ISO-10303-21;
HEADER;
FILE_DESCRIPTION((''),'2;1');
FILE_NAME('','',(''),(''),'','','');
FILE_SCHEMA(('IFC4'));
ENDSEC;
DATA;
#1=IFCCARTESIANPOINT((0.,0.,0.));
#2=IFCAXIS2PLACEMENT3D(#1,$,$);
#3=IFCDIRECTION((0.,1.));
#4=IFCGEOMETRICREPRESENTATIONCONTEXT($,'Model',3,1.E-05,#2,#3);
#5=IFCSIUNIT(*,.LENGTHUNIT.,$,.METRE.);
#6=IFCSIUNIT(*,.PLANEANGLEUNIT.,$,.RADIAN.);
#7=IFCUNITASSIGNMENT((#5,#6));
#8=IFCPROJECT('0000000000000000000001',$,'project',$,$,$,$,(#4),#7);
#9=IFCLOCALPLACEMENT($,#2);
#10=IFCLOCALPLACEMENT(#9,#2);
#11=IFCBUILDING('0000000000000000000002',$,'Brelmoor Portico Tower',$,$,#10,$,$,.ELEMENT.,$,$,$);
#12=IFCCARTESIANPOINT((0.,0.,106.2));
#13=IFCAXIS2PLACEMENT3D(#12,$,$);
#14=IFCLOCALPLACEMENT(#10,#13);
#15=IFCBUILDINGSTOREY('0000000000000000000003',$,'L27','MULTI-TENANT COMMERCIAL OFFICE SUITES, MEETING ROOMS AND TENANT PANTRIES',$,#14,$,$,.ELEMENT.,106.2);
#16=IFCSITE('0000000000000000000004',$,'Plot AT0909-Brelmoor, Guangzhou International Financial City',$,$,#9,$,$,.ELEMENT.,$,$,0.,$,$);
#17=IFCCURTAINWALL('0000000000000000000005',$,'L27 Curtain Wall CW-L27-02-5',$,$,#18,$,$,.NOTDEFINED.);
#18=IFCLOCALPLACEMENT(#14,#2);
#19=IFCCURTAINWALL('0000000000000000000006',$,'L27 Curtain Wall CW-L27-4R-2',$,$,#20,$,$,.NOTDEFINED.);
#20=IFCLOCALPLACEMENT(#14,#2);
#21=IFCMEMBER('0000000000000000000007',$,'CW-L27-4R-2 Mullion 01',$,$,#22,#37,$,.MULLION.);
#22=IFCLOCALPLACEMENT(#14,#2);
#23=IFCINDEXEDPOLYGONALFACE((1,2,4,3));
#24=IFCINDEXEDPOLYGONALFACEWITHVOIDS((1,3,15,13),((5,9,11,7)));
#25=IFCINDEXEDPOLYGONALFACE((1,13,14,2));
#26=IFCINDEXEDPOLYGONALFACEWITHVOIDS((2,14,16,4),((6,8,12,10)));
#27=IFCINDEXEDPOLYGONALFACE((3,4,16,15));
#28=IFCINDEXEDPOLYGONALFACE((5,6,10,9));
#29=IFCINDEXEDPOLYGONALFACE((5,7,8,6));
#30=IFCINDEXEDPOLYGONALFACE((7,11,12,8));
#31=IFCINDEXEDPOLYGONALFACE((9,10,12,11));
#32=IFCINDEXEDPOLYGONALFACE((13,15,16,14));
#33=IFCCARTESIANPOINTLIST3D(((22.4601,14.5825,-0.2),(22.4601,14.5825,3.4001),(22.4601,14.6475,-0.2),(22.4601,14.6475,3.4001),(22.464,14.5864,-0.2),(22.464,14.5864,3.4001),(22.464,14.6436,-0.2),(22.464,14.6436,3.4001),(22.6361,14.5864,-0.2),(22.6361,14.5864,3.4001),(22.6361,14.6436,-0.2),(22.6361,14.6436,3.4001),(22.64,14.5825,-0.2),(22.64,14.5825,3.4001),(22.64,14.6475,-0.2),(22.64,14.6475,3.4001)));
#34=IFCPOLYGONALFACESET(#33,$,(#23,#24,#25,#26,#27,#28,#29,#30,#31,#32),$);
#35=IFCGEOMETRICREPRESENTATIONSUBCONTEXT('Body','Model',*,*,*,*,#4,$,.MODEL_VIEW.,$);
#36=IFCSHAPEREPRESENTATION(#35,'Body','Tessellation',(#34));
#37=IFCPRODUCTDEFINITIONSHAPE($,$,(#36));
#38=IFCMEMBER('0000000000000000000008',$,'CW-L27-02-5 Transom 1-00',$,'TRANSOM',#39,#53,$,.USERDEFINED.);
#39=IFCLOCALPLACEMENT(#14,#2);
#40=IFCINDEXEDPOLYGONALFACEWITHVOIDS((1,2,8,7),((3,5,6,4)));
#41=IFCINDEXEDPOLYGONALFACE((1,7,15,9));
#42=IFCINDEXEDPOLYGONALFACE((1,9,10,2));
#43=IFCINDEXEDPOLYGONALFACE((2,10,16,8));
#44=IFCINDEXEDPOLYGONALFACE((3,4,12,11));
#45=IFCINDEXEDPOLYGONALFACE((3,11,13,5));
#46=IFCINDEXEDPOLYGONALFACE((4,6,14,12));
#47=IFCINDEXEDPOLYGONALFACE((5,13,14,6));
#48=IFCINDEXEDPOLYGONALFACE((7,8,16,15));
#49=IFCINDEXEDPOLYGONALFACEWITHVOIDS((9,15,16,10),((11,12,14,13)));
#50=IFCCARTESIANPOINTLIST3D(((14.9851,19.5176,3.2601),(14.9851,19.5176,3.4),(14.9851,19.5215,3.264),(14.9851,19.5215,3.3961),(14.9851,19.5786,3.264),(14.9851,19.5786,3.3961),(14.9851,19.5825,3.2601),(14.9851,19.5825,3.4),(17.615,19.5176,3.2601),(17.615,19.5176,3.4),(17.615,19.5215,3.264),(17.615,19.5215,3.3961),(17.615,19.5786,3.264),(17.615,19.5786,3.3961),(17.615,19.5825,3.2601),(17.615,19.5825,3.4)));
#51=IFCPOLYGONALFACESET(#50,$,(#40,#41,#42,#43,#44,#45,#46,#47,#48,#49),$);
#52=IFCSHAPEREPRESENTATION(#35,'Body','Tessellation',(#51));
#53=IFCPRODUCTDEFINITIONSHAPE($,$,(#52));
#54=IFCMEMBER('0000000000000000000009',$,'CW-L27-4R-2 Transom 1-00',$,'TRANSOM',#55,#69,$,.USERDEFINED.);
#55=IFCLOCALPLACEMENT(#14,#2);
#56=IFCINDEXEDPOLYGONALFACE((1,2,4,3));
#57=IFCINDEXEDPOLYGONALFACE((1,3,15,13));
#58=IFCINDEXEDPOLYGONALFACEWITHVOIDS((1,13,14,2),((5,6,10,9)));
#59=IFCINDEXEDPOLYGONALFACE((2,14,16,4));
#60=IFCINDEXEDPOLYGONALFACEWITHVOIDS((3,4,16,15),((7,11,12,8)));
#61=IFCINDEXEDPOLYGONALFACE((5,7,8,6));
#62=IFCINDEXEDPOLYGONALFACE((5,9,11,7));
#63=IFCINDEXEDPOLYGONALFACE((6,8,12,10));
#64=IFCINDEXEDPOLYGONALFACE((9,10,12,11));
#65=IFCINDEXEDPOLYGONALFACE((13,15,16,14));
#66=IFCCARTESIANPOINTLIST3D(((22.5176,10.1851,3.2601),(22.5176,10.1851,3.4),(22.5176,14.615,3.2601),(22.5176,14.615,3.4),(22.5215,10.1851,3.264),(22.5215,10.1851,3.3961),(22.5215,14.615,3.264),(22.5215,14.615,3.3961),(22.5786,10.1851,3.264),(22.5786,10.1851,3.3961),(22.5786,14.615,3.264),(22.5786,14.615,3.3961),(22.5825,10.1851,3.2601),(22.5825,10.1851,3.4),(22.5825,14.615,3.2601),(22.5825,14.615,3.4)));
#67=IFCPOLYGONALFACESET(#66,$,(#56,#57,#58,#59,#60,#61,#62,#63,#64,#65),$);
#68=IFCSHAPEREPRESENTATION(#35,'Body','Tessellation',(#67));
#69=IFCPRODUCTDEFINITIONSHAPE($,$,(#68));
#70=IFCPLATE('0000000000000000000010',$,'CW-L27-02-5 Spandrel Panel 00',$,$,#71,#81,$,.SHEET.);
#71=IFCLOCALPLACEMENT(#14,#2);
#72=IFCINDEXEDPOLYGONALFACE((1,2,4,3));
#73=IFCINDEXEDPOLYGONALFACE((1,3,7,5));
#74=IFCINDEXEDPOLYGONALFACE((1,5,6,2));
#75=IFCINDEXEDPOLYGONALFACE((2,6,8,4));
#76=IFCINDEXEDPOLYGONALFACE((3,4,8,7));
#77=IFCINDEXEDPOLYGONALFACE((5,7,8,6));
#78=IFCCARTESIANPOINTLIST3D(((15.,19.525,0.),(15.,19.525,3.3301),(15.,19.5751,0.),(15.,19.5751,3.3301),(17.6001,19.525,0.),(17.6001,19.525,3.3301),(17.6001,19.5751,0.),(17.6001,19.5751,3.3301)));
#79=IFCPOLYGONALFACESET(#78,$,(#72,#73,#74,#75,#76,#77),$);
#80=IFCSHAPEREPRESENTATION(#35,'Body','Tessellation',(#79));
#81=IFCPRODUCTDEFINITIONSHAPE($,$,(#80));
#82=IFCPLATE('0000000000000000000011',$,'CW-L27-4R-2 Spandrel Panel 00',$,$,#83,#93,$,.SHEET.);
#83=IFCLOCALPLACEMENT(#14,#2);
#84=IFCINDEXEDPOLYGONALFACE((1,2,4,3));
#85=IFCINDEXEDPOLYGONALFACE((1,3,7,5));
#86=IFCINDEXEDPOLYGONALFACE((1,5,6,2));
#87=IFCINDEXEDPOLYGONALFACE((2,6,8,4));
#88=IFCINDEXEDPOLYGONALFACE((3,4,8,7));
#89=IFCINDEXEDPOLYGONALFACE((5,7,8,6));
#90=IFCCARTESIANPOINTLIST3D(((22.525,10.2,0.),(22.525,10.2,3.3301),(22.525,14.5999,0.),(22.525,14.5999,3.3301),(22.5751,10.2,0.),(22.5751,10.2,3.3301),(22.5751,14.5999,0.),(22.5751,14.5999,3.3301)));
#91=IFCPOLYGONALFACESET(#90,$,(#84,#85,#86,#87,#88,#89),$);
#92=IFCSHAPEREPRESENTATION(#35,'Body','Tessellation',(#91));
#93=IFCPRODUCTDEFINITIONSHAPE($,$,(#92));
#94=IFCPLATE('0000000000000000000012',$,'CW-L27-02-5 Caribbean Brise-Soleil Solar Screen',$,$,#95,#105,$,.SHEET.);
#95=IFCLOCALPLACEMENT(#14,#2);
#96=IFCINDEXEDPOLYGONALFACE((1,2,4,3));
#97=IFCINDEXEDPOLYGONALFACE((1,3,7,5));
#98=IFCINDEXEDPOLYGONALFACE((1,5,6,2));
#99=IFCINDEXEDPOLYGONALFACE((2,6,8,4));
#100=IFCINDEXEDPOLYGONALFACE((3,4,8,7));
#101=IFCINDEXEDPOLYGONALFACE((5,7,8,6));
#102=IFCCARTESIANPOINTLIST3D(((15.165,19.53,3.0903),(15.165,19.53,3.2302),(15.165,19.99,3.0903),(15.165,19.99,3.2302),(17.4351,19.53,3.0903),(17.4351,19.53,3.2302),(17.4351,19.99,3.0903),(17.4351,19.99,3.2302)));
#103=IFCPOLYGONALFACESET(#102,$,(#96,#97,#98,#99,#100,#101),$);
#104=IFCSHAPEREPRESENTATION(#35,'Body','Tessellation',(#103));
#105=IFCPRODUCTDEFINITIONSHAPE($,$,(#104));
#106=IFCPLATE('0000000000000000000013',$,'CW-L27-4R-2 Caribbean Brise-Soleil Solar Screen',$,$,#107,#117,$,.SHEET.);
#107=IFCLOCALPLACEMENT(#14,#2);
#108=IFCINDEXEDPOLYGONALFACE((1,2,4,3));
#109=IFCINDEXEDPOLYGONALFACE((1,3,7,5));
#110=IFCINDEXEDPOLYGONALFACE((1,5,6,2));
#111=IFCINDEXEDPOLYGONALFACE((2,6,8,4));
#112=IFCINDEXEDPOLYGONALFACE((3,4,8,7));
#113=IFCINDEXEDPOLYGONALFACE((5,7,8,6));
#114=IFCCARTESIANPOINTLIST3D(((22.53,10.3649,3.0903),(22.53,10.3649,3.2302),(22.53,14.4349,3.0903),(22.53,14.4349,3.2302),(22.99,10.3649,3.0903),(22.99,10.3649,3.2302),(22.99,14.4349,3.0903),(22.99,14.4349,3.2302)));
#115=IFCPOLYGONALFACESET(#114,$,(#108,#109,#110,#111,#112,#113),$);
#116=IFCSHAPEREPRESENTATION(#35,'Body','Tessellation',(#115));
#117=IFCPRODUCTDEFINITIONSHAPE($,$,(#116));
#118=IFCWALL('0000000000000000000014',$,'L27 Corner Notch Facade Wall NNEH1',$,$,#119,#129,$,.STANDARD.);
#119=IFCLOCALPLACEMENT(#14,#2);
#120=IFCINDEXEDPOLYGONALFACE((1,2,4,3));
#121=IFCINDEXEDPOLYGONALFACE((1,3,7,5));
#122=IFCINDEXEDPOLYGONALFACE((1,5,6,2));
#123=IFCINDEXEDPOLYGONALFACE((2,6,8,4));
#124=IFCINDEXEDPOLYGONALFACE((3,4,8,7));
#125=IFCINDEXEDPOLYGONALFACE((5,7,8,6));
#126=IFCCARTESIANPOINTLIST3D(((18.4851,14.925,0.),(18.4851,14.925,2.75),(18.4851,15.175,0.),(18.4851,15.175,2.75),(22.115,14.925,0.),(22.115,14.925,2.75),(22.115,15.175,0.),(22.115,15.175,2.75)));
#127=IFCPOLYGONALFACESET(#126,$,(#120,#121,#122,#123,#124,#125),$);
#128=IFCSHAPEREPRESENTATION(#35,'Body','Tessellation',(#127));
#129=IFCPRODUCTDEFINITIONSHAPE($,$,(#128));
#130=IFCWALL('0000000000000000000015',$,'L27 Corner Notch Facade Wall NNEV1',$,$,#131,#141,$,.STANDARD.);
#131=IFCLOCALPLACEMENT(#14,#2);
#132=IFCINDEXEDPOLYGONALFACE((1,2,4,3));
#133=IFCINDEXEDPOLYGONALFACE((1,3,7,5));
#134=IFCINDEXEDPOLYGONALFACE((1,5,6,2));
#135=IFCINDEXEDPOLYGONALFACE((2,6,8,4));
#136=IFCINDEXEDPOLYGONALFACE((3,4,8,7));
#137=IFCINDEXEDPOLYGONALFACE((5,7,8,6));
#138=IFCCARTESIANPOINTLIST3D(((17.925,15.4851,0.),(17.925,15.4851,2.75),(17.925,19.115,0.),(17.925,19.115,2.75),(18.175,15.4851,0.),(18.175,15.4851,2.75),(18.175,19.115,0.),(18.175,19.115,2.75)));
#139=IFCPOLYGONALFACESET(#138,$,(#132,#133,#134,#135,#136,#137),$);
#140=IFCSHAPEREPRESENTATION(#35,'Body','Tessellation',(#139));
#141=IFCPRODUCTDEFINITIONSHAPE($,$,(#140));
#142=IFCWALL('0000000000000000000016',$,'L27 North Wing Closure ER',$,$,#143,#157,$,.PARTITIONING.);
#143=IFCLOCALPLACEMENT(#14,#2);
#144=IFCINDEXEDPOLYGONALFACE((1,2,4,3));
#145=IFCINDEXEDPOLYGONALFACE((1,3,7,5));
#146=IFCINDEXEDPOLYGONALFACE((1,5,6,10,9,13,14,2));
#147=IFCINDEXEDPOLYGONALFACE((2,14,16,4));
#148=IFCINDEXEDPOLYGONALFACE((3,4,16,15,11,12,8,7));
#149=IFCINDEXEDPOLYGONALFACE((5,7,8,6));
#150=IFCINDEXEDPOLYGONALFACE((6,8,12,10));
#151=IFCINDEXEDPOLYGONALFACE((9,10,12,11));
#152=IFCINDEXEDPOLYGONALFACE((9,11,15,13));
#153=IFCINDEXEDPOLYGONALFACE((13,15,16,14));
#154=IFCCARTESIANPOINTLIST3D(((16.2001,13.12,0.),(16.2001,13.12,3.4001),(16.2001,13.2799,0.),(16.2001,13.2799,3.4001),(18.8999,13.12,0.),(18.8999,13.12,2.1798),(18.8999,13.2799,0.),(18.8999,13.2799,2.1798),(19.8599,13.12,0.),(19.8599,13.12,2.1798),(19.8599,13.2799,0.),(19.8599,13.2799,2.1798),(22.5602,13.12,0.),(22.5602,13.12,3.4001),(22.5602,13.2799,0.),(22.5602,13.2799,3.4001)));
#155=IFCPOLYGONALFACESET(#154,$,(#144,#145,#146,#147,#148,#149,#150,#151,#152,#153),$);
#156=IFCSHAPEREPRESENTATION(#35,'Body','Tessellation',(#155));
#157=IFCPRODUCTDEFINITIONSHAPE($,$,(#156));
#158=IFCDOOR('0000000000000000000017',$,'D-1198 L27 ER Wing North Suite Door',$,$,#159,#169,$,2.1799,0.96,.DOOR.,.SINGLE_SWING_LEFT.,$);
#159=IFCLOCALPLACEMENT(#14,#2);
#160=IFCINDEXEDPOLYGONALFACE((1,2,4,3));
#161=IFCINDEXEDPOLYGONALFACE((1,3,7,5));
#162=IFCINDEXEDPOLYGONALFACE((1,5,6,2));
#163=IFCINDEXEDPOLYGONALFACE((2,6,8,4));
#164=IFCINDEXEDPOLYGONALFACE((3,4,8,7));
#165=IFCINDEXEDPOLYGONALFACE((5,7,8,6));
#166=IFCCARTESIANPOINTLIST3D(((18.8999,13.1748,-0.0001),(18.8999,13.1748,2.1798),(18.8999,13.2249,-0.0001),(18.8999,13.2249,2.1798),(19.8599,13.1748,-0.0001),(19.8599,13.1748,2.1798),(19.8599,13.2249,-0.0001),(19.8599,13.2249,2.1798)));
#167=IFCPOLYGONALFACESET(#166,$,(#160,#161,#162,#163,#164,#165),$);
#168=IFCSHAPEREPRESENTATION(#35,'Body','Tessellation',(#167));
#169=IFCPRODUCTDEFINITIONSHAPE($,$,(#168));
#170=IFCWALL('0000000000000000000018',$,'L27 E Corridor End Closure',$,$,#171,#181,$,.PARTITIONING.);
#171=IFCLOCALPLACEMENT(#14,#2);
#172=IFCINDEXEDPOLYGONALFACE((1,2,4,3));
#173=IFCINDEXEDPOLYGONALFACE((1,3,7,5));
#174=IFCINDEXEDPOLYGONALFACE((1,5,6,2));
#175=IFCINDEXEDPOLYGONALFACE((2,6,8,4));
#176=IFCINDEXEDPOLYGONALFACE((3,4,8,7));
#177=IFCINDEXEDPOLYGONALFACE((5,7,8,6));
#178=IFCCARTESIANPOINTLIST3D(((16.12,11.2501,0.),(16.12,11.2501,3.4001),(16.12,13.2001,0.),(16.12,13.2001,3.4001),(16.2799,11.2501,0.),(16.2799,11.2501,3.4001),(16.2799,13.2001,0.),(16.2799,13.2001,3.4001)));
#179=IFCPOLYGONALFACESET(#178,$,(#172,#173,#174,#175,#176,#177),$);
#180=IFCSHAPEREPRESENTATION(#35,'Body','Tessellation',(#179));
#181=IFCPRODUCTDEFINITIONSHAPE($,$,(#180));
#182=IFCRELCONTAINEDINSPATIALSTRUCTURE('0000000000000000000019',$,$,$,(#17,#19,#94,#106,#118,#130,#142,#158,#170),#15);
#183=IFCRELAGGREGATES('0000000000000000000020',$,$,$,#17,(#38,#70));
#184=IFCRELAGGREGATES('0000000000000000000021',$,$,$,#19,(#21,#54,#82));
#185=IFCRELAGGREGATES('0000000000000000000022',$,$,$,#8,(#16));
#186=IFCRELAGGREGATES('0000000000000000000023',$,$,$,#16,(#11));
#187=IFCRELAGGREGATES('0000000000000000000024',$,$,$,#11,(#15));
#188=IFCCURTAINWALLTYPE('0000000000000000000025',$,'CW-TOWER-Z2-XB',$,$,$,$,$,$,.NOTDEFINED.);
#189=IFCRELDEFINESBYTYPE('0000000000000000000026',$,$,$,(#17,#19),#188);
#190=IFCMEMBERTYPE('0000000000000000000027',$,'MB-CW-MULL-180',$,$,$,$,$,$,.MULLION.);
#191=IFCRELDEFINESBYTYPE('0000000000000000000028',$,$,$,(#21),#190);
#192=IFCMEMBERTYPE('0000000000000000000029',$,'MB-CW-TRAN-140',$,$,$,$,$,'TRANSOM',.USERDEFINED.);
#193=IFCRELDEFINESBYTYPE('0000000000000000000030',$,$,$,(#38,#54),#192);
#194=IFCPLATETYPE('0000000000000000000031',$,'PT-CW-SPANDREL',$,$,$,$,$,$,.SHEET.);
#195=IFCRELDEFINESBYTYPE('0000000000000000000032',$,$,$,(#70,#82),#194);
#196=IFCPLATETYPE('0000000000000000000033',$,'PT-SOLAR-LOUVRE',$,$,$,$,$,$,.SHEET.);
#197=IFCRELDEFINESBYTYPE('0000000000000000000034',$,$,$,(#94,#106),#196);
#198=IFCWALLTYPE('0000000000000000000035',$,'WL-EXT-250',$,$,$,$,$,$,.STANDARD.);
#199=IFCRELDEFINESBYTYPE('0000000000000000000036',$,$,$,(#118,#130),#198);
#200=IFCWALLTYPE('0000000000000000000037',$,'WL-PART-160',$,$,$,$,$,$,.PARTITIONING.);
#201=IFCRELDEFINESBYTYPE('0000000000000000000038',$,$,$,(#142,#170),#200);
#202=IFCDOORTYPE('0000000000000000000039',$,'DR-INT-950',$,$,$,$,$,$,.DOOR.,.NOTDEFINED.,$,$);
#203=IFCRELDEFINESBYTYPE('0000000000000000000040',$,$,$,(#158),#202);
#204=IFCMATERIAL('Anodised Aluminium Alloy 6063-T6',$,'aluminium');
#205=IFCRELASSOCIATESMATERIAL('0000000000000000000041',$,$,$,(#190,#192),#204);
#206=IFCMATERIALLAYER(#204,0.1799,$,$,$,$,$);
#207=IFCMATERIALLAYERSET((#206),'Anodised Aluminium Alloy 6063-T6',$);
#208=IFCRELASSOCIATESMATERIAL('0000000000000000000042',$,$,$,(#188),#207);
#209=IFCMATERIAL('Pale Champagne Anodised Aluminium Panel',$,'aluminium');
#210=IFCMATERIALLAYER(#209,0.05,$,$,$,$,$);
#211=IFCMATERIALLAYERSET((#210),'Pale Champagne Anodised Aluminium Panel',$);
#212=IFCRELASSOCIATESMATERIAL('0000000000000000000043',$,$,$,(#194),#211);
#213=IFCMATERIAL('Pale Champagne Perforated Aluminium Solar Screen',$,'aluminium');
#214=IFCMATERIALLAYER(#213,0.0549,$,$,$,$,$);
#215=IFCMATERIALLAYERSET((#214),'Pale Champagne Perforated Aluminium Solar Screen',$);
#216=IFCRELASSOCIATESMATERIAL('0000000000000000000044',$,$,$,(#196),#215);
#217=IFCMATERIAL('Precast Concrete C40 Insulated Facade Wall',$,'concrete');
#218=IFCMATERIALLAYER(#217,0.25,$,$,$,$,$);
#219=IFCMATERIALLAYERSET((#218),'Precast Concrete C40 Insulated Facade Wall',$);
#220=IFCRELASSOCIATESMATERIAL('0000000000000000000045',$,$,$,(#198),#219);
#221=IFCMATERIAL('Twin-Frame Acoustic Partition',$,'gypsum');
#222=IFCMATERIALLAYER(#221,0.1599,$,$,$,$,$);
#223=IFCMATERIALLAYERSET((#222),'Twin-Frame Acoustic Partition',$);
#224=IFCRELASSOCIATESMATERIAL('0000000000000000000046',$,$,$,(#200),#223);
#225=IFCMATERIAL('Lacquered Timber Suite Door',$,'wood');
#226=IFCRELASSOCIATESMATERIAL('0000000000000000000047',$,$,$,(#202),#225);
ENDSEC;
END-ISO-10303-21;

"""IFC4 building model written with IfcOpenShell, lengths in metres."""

from ifc_helpers import new_model, si_unit, direction, frame, frame_2d, origin, origin_2d, place, context, subcontext, project, spatial, rectangle, hollow_rectangle, extrude, material, layer, layer_set, material_profile, profile_set, type_object, element, fill, aggregate, save


model = new_model("IFC4")

# Units and contexts
model_context = context("Model", 3, precision=1e-05, world=origin(), true_north=direction((0.0, 1.0)))
body_context = subcontext(model_context, "Body", "Model", "MODEL_VIEW")
ifc_project = project(units=[si_unit("LENGTHUNIT", "METRE"), si_unit("PLANEANGLEUNIT", "RADIAN")], contexts=[model_context])

# Site, building, storey
site_placement = place(None, origin())
site = spatial("IfcSite", under=ifc_project, at=site_placement, Name="Plot AT0909-Brelmoor, Guangzhou International Financial City", CompositionType="ELEMENT", RefElevation=0.0)
building_placement = place(site_placement, origin())
building = spatial("IfcBuilding", under=site, at=building_placement, Name="Brelmoor Portico Tower", CompositionType="ELEMENT")
storey_placement = place(building_placement, frame((0.0, 0.0, 106.2)))
storey = spatial("IfcBuildingStorey", under=building, at=storey_placement, Name="L27", Description="MULTI-TENANT COMMERCIAL OFFICE SUITES, MEETING ROOMS AND TENANT PANTRIES", CompositionType="ELEMENT", Elevation=106.2)

# Shared definitions
ifc_material_1 = material(Name="Anodised Aluminium Alloy 6063-T6", Category="aluminium")
ifc_material_profile_1 = material_profile(ifc_material_1, hollow_rectangle(XDim=0.0649, YDim=0.1799, WallThickness=0.0039, at=origin_2d()), Name="ALU MULLION 65x180")
ifc_profile_set_1 = profile_set([ifc_material_profile_1], Name="Anodised Aluminium Alloy 6063-T6")
member_type_1 = type_object("IfcMemberType", Name="MB-CW-MULL-180", PredefinedType="MULLION", material=ifc_profile_set_1)

# Curtain wall
ifc_layer_1 = layer(ifc_material_1, 0.1799)
ifc_layer_set_1 = layer_set([ifc_layer_1], Name="Anodised Aluminium Alloy 6063-T6")
curtain_wall_type_1 = type_object("IfcCurtainWallType", Name="CW-TOWER-Z2-XB", PredefinedType="NOTDEFINED", material=ifc_layer_set_1)
curtain_wall_1_placement = place(storey_placement, origin())
curtain_wall_1 = element("IfcCurtainWall", 1, at=curtain_wall_1_placement, inside=storey, type_object=curtain_wall_type_1, Name="L27 Curtain Wall CW-L27-02-5", PredefinedType="NOTDEFINED")

# Curtain wall, member
curtain_wall_2_placement = place(storey_placement, origin())
curtain_wall_2 = element("IfcCurtainWall", 2, at=curtain_wall_2_placement, inside=storey, type_object=curtain_wall_type_1, Name="L27 Curtain Wall CW-L27-4R-2", PredefinedType="NOTDEFINED")
member_1_placement = place(storey_placement, frame((22.55, 14.615, -0.2), z_axis=(0.0, 0.0, 1.0), x_axis=(0.0, 1.0, 0.0)))
member_1 = element("IfcMember", 3, at=member_1_placement, type_object=member_type_1, Name="CW-L27-4R-2 Mullion 01", PredefinedType="MULLION", context=body_context, shape_type="SweptSolid", body=[
    extrude(hollow_rectangle(XDim=0.0649, YDim=0.1799, WallThickness=0.0039, at=origin_2d()), origin(), (0.0, 0.0, 1.0), 3.6001),
])

# Members
ifc_material_profile_2 = material_profile(ifc_material_1, hollow_rectangle(XDim=0.0649, YDim=0.1399, WallThickness=0.0039, at=origin_2d()), Name="ALU TRANSOM 65x140")
ifc_profile_set_2 = profile_set([ifc_material_profile_2], Name="Anodised Aluminium Alloy 6063-T6")
member_type_2 = type_object("IfcMemberType", Name="MB-CW-TRAN-140", ElementType="TRANSOM", PredefinedType="USERDEFINED", material=ifc_profile_set_2)
member_2_placement = place(storey_placement, frame((14.9851, 19.55, 3.3301), z_axis=(1.0, 0.0, 0.0), x_axis=(0.0, 1.0, 0.0)))
member_2 = element("IfcMember", 4, at=member_2_placement, type_object=member_type_2, Name="CW-L27-02-5 Transom 1-00", ObjectType="TRANSOM", PredefinedType="USERDEFINED", context=body_context, shape_type="SweptSolid", body=[
    extrude(hollow_rectangle(XDim=0.0649, YDim=0.1399, WallThickness=0.0039, at=origin_2d()), origin(), (0.0, 0.0, 1.0), 2.6299),
])
member_3_placement = place(storey_placement, frame((22.55, 10.1851, 3.3301), z_axis=(0.0, 1.0, 0.0), x_axis=(-1.0, 0.0, 0.0)))
member_3 = element("IfcMember", 5, at=member_3_placement, type_object=member_type_2, Name="CW-L27-4R-2 Transom 1-00", ObjectType="TRANSOM", PredefinedType="USERDEFINED", context=body_context, shape_type="SweptSolid", body=[
    extrude(hollow_rectangle(XDim=0.0649, YDim=0.1399, WallThickness=0.0039, at=origin_2d()), origin(), (0.0, 0.0, 1.0), 4.4299),
])

# Plates
ifc_material_2 = material(Name="Pale Champagne Anodised Aluminium Panel", Category="aluminium")
ifc_layer_2 = layer(ifc_material_2, 0.05)
ifc_layer_set_2 = layer_set([ifc_layer_2], Name="Pale Champagne Anodised Aluminium Panel")
plate_type_1 = type_object("IfcPlateType", Name="PT-CW-SPANDREL", PredefinedType="SHEET", material=ifc_layer_set_2)
plate_1_placement = place(storey_placement, frame((16.3, 19.55, 0.0), z_axis=(0.0, 0.0, 1.0), x_axis=(1.0, 0.0, 0.0)))
plate_1 = element("IfcPlate", 6, at=plate_1_placement, type_object=plate_type_1, Name="CW-L27-02-5 Spandrel Panel 00", PredefinedType="SHEET", context=body_context, shape_type="SweptSolid", body=[
    extrude(rectangle(XDim=2.6001, YDim=0.05, at=origin_2d()), origin(), (0.0, 0.0, 1.0), 3.3301),
])
aggregate(curtain_wall_1, [member_2, plate_1])
plate_2_placement = place(storey_placement, frame((22.55, 12.3999, 0.0), z_axis=(0.0, 0.0, 1.0), x_axis=(0.0, 1.0, 0.0)))
plate_2 = element("IfcPlate", 7, at=plate_2_placement, type_object=plate_type_1, Name="CW-L27-4R-2 Spandrel Panel 00", PredefinedType="SHEET", context=body_context, shape_type="SweptSolid", body=[
    extrude(rectangle(XDim=4.3999, YDim=0.05, at=origin_2d()), origin(), (0.0, 0.0, 1.0), 3.3301),
])
aggregate(curtain_wall_2, [member_1, member_3, plate_2])

# Plates
ifc_material_3 = material(Name="Pale Champagne Perforated Aluminium Solar Screen", Category="aluminium")
ifc_layer_3 = layer(ifc_material_3, 0.0549)
ifc_layer_set_3 = layer_set([ifc_layer_3], Name="Pale Champagne Perforated Aluminium Solar Screen")
plate_type_2 = type_object("IfcPlateType", Name="PT-SOLAR-LOUVRE", PredefinedType="SHEET", material=ifc_layer_set_3)
plate_3_placement = place(storey_placement, frame((16.3, 19.76, 3.0903), z_axis=(0.0, 0.0, 1.0), x_axis=(1.0, 0.0, 0.0)))
element("IfcPlate", 8, at=plate_3_placement, inside=storey, type_object=plate_type_2, Name="CW-L27-02-5 Caribbean Brise-Soleil Solar Screen", PredefinedType="SHEET", context=body_context, shape_type="SweptSolid", body=[
    extrude(rectangle(XDim=2.27, YDim=0.46, at=origin_2d()), origin(), (0.0, 0.0, 1.0), 0.1399),
])
plate_4_placement = place(storey_placement, frame((22.76, 12.3999, 3.0903), z_axis=(0.0, 0.0, 1.0), x_axis=(0.0, 1.0, 0.0)))
element("IfcPlate", 9, at=plate_4_placement, inside=storey, type_object=plate_type_2, Name="CW-L27-4R-2 Caribbean Brise-Soleil Solar Screen", PredefinedType="SHEET", context=body_context, shape_type="SweptSolid", body=[
    extrude(rectangle(XDim=4.0701, YDim=0.46, at=origin_2d()), origin(), (0.0, 0.0, 1.0), 0.1399),
])

# Walls
ifc_material_4 = material(Name="Precast Concrete C40 Insulated Facade Wall", Category="concrete")
ifc_layer_4 = layer(ifc_material_4, 0.25)
ifc_layer_set_4 = layer_set([ifc_layer_4], Name="Precast Concrete C40 Insulated Facade Wall")
wall_type_1 = type_object("IfcWallType", Name="WL-EXT-250", PredefinedType="STANDARD", material=ifc_layer_set_4)
for number, where, z_axis, x_axis, name in (
    (10, (18.4851, 15.05, 0.0), (0.0, 0.0, 1.0), (1.0, 0.0, 0.0), "L27 Corner Notch Facade Wall NNEH1"),
    (11, (18.05, 15.4851, 0.0), (0.0, 0.0, 1.0), (0.0, 1.0, 0.0), "L27 Corner Notch Facade Wall NNEV1"),
):
    element("IfcWall", number, at=place(storey_placement, frame(where, z_axis=z_axis, x_axis=x_axis)), inside=storey, type_object=wall_type_1, Name=name, PredefinedType="STANDARD", context=body_context, shape_type="SweptSolid", body=[
        extrude(rectangle(XDim=3.6299, YDim=0.25, at=frame_2d((1.8149, 0.0))), origin(), (0.0, 0.0, 1.0), 2.75),
    ])

# Wall, opening, door
ifc_material_5 = material(Name="Twin-Frame Acoustic Partition", Category="gypsum")
ifc_layer_5 = layer(ifc_material_5, 0.1599)
ifc_layer_set_5 = layer_set([ifc_layer_5], Name="Twin-Frame Acoustic Partition")
wall_type_2 = type_object("IfcWallType", Name="WL-PART-160", PredefinedType="PARTITIONING", material=ifc_layer_set_5)
wall_1_placement = place(storey_placement, frame((16.2, 13.2, 0.0), z_axis=(0.0, 0.0, 1.0), x_axis=(1.0, 0.0, 0.0)))
wall_1 = element("IfcWall", 12, at=wall_1_placement, inside=storey, type_object=wall_type_2, Name="L27 North Wing Closure ER", PredefinedType="PARTITIONING", context=body_context, shape_type="SweptSolid", body=[
    extrude(rectangle(XDim=6.3601, YDim=0.1599, at=frame_2d((3.1802, 0.0))), origin(), (0.0, 0.0, 1.0), 3.4001),
])
opening_1_placement = place(wall_1_placement, frame((2.7, 0.0, 0.0)))
opening_1 = element("IfcOpeningElement", 13, at=opening_1_placement, cuts=wall_1, PredefinedType="OPENING", context=body_context, shape_type="SweptSolid", body=[
    extrude(rectangle(XDim=0.96, YDim=2.1799, at=frame_2d((0.48, 1.0898))), frame((0.0, 0.0898, 0.0), z_axis=(0.0, -1.0, 0.0), x_axis=(1.0, 0.0, 0.0)), (0.0, 0.0, 1.0), 0.1799),
])
ifc_material_6 = material(Name="Lacquered Timber Suite Door", Category="wood")
door_type_1 = type_object("IfcDoorType", Name="DR-INT-950", OperationType="NOTDEFINED", PredefinedType="DOOR", material=ifc_material_6)
door_1_placement = place(opening_1_placement, origin())
door_1 = element("IfcDoor", 14, at=door_1_placement, inside=storey, type_object=door_type_1, Name="D-1198 L27 ER Wing North Suite Door", OperationType="SINGLE_SWING_LEFT", OverallHeight=2.1799, OverallWidth=0.96, PredefinedType="DOOR", context=body_context, shape_type="SweptSolid", body=[
    extrude(rectangle(XDim=0.96, YDim=2.1799, at=frame_2d((0.48, 1.0898))), frame((0.0, 0.0249, 0.0), z_axis=(0.0, -1.0, 0.0), x_axis=(1.0, 0.0, 0.0)), (0.0, 0.0, 1.0), 0.05),
])
fill(opening_1, door_1)

# Wall
wall_2_placement = place(storey_placement, frame((16.2, 11.25, 0.0), z_axis=(0.0, 0.0, 1.0), x_axis=(0.0, 1.0, 0.0)))
element("IfcWall", 15, at=wall_2_placement, inside=storey, type_object=wall_type_2, Name="L27 E Corridor End Closure", PredefinedType="PARTITIONING", context=body_context, shape_type="SweptSolid", body=[
    extrude(rectangle(XDim=1.95, YDim=0.1599, at=frame_2d((0.9751, 0.0))), origin(), (0.0, 0.0, 1.0), 3.4001),
])

save(model, "model.ifc")
